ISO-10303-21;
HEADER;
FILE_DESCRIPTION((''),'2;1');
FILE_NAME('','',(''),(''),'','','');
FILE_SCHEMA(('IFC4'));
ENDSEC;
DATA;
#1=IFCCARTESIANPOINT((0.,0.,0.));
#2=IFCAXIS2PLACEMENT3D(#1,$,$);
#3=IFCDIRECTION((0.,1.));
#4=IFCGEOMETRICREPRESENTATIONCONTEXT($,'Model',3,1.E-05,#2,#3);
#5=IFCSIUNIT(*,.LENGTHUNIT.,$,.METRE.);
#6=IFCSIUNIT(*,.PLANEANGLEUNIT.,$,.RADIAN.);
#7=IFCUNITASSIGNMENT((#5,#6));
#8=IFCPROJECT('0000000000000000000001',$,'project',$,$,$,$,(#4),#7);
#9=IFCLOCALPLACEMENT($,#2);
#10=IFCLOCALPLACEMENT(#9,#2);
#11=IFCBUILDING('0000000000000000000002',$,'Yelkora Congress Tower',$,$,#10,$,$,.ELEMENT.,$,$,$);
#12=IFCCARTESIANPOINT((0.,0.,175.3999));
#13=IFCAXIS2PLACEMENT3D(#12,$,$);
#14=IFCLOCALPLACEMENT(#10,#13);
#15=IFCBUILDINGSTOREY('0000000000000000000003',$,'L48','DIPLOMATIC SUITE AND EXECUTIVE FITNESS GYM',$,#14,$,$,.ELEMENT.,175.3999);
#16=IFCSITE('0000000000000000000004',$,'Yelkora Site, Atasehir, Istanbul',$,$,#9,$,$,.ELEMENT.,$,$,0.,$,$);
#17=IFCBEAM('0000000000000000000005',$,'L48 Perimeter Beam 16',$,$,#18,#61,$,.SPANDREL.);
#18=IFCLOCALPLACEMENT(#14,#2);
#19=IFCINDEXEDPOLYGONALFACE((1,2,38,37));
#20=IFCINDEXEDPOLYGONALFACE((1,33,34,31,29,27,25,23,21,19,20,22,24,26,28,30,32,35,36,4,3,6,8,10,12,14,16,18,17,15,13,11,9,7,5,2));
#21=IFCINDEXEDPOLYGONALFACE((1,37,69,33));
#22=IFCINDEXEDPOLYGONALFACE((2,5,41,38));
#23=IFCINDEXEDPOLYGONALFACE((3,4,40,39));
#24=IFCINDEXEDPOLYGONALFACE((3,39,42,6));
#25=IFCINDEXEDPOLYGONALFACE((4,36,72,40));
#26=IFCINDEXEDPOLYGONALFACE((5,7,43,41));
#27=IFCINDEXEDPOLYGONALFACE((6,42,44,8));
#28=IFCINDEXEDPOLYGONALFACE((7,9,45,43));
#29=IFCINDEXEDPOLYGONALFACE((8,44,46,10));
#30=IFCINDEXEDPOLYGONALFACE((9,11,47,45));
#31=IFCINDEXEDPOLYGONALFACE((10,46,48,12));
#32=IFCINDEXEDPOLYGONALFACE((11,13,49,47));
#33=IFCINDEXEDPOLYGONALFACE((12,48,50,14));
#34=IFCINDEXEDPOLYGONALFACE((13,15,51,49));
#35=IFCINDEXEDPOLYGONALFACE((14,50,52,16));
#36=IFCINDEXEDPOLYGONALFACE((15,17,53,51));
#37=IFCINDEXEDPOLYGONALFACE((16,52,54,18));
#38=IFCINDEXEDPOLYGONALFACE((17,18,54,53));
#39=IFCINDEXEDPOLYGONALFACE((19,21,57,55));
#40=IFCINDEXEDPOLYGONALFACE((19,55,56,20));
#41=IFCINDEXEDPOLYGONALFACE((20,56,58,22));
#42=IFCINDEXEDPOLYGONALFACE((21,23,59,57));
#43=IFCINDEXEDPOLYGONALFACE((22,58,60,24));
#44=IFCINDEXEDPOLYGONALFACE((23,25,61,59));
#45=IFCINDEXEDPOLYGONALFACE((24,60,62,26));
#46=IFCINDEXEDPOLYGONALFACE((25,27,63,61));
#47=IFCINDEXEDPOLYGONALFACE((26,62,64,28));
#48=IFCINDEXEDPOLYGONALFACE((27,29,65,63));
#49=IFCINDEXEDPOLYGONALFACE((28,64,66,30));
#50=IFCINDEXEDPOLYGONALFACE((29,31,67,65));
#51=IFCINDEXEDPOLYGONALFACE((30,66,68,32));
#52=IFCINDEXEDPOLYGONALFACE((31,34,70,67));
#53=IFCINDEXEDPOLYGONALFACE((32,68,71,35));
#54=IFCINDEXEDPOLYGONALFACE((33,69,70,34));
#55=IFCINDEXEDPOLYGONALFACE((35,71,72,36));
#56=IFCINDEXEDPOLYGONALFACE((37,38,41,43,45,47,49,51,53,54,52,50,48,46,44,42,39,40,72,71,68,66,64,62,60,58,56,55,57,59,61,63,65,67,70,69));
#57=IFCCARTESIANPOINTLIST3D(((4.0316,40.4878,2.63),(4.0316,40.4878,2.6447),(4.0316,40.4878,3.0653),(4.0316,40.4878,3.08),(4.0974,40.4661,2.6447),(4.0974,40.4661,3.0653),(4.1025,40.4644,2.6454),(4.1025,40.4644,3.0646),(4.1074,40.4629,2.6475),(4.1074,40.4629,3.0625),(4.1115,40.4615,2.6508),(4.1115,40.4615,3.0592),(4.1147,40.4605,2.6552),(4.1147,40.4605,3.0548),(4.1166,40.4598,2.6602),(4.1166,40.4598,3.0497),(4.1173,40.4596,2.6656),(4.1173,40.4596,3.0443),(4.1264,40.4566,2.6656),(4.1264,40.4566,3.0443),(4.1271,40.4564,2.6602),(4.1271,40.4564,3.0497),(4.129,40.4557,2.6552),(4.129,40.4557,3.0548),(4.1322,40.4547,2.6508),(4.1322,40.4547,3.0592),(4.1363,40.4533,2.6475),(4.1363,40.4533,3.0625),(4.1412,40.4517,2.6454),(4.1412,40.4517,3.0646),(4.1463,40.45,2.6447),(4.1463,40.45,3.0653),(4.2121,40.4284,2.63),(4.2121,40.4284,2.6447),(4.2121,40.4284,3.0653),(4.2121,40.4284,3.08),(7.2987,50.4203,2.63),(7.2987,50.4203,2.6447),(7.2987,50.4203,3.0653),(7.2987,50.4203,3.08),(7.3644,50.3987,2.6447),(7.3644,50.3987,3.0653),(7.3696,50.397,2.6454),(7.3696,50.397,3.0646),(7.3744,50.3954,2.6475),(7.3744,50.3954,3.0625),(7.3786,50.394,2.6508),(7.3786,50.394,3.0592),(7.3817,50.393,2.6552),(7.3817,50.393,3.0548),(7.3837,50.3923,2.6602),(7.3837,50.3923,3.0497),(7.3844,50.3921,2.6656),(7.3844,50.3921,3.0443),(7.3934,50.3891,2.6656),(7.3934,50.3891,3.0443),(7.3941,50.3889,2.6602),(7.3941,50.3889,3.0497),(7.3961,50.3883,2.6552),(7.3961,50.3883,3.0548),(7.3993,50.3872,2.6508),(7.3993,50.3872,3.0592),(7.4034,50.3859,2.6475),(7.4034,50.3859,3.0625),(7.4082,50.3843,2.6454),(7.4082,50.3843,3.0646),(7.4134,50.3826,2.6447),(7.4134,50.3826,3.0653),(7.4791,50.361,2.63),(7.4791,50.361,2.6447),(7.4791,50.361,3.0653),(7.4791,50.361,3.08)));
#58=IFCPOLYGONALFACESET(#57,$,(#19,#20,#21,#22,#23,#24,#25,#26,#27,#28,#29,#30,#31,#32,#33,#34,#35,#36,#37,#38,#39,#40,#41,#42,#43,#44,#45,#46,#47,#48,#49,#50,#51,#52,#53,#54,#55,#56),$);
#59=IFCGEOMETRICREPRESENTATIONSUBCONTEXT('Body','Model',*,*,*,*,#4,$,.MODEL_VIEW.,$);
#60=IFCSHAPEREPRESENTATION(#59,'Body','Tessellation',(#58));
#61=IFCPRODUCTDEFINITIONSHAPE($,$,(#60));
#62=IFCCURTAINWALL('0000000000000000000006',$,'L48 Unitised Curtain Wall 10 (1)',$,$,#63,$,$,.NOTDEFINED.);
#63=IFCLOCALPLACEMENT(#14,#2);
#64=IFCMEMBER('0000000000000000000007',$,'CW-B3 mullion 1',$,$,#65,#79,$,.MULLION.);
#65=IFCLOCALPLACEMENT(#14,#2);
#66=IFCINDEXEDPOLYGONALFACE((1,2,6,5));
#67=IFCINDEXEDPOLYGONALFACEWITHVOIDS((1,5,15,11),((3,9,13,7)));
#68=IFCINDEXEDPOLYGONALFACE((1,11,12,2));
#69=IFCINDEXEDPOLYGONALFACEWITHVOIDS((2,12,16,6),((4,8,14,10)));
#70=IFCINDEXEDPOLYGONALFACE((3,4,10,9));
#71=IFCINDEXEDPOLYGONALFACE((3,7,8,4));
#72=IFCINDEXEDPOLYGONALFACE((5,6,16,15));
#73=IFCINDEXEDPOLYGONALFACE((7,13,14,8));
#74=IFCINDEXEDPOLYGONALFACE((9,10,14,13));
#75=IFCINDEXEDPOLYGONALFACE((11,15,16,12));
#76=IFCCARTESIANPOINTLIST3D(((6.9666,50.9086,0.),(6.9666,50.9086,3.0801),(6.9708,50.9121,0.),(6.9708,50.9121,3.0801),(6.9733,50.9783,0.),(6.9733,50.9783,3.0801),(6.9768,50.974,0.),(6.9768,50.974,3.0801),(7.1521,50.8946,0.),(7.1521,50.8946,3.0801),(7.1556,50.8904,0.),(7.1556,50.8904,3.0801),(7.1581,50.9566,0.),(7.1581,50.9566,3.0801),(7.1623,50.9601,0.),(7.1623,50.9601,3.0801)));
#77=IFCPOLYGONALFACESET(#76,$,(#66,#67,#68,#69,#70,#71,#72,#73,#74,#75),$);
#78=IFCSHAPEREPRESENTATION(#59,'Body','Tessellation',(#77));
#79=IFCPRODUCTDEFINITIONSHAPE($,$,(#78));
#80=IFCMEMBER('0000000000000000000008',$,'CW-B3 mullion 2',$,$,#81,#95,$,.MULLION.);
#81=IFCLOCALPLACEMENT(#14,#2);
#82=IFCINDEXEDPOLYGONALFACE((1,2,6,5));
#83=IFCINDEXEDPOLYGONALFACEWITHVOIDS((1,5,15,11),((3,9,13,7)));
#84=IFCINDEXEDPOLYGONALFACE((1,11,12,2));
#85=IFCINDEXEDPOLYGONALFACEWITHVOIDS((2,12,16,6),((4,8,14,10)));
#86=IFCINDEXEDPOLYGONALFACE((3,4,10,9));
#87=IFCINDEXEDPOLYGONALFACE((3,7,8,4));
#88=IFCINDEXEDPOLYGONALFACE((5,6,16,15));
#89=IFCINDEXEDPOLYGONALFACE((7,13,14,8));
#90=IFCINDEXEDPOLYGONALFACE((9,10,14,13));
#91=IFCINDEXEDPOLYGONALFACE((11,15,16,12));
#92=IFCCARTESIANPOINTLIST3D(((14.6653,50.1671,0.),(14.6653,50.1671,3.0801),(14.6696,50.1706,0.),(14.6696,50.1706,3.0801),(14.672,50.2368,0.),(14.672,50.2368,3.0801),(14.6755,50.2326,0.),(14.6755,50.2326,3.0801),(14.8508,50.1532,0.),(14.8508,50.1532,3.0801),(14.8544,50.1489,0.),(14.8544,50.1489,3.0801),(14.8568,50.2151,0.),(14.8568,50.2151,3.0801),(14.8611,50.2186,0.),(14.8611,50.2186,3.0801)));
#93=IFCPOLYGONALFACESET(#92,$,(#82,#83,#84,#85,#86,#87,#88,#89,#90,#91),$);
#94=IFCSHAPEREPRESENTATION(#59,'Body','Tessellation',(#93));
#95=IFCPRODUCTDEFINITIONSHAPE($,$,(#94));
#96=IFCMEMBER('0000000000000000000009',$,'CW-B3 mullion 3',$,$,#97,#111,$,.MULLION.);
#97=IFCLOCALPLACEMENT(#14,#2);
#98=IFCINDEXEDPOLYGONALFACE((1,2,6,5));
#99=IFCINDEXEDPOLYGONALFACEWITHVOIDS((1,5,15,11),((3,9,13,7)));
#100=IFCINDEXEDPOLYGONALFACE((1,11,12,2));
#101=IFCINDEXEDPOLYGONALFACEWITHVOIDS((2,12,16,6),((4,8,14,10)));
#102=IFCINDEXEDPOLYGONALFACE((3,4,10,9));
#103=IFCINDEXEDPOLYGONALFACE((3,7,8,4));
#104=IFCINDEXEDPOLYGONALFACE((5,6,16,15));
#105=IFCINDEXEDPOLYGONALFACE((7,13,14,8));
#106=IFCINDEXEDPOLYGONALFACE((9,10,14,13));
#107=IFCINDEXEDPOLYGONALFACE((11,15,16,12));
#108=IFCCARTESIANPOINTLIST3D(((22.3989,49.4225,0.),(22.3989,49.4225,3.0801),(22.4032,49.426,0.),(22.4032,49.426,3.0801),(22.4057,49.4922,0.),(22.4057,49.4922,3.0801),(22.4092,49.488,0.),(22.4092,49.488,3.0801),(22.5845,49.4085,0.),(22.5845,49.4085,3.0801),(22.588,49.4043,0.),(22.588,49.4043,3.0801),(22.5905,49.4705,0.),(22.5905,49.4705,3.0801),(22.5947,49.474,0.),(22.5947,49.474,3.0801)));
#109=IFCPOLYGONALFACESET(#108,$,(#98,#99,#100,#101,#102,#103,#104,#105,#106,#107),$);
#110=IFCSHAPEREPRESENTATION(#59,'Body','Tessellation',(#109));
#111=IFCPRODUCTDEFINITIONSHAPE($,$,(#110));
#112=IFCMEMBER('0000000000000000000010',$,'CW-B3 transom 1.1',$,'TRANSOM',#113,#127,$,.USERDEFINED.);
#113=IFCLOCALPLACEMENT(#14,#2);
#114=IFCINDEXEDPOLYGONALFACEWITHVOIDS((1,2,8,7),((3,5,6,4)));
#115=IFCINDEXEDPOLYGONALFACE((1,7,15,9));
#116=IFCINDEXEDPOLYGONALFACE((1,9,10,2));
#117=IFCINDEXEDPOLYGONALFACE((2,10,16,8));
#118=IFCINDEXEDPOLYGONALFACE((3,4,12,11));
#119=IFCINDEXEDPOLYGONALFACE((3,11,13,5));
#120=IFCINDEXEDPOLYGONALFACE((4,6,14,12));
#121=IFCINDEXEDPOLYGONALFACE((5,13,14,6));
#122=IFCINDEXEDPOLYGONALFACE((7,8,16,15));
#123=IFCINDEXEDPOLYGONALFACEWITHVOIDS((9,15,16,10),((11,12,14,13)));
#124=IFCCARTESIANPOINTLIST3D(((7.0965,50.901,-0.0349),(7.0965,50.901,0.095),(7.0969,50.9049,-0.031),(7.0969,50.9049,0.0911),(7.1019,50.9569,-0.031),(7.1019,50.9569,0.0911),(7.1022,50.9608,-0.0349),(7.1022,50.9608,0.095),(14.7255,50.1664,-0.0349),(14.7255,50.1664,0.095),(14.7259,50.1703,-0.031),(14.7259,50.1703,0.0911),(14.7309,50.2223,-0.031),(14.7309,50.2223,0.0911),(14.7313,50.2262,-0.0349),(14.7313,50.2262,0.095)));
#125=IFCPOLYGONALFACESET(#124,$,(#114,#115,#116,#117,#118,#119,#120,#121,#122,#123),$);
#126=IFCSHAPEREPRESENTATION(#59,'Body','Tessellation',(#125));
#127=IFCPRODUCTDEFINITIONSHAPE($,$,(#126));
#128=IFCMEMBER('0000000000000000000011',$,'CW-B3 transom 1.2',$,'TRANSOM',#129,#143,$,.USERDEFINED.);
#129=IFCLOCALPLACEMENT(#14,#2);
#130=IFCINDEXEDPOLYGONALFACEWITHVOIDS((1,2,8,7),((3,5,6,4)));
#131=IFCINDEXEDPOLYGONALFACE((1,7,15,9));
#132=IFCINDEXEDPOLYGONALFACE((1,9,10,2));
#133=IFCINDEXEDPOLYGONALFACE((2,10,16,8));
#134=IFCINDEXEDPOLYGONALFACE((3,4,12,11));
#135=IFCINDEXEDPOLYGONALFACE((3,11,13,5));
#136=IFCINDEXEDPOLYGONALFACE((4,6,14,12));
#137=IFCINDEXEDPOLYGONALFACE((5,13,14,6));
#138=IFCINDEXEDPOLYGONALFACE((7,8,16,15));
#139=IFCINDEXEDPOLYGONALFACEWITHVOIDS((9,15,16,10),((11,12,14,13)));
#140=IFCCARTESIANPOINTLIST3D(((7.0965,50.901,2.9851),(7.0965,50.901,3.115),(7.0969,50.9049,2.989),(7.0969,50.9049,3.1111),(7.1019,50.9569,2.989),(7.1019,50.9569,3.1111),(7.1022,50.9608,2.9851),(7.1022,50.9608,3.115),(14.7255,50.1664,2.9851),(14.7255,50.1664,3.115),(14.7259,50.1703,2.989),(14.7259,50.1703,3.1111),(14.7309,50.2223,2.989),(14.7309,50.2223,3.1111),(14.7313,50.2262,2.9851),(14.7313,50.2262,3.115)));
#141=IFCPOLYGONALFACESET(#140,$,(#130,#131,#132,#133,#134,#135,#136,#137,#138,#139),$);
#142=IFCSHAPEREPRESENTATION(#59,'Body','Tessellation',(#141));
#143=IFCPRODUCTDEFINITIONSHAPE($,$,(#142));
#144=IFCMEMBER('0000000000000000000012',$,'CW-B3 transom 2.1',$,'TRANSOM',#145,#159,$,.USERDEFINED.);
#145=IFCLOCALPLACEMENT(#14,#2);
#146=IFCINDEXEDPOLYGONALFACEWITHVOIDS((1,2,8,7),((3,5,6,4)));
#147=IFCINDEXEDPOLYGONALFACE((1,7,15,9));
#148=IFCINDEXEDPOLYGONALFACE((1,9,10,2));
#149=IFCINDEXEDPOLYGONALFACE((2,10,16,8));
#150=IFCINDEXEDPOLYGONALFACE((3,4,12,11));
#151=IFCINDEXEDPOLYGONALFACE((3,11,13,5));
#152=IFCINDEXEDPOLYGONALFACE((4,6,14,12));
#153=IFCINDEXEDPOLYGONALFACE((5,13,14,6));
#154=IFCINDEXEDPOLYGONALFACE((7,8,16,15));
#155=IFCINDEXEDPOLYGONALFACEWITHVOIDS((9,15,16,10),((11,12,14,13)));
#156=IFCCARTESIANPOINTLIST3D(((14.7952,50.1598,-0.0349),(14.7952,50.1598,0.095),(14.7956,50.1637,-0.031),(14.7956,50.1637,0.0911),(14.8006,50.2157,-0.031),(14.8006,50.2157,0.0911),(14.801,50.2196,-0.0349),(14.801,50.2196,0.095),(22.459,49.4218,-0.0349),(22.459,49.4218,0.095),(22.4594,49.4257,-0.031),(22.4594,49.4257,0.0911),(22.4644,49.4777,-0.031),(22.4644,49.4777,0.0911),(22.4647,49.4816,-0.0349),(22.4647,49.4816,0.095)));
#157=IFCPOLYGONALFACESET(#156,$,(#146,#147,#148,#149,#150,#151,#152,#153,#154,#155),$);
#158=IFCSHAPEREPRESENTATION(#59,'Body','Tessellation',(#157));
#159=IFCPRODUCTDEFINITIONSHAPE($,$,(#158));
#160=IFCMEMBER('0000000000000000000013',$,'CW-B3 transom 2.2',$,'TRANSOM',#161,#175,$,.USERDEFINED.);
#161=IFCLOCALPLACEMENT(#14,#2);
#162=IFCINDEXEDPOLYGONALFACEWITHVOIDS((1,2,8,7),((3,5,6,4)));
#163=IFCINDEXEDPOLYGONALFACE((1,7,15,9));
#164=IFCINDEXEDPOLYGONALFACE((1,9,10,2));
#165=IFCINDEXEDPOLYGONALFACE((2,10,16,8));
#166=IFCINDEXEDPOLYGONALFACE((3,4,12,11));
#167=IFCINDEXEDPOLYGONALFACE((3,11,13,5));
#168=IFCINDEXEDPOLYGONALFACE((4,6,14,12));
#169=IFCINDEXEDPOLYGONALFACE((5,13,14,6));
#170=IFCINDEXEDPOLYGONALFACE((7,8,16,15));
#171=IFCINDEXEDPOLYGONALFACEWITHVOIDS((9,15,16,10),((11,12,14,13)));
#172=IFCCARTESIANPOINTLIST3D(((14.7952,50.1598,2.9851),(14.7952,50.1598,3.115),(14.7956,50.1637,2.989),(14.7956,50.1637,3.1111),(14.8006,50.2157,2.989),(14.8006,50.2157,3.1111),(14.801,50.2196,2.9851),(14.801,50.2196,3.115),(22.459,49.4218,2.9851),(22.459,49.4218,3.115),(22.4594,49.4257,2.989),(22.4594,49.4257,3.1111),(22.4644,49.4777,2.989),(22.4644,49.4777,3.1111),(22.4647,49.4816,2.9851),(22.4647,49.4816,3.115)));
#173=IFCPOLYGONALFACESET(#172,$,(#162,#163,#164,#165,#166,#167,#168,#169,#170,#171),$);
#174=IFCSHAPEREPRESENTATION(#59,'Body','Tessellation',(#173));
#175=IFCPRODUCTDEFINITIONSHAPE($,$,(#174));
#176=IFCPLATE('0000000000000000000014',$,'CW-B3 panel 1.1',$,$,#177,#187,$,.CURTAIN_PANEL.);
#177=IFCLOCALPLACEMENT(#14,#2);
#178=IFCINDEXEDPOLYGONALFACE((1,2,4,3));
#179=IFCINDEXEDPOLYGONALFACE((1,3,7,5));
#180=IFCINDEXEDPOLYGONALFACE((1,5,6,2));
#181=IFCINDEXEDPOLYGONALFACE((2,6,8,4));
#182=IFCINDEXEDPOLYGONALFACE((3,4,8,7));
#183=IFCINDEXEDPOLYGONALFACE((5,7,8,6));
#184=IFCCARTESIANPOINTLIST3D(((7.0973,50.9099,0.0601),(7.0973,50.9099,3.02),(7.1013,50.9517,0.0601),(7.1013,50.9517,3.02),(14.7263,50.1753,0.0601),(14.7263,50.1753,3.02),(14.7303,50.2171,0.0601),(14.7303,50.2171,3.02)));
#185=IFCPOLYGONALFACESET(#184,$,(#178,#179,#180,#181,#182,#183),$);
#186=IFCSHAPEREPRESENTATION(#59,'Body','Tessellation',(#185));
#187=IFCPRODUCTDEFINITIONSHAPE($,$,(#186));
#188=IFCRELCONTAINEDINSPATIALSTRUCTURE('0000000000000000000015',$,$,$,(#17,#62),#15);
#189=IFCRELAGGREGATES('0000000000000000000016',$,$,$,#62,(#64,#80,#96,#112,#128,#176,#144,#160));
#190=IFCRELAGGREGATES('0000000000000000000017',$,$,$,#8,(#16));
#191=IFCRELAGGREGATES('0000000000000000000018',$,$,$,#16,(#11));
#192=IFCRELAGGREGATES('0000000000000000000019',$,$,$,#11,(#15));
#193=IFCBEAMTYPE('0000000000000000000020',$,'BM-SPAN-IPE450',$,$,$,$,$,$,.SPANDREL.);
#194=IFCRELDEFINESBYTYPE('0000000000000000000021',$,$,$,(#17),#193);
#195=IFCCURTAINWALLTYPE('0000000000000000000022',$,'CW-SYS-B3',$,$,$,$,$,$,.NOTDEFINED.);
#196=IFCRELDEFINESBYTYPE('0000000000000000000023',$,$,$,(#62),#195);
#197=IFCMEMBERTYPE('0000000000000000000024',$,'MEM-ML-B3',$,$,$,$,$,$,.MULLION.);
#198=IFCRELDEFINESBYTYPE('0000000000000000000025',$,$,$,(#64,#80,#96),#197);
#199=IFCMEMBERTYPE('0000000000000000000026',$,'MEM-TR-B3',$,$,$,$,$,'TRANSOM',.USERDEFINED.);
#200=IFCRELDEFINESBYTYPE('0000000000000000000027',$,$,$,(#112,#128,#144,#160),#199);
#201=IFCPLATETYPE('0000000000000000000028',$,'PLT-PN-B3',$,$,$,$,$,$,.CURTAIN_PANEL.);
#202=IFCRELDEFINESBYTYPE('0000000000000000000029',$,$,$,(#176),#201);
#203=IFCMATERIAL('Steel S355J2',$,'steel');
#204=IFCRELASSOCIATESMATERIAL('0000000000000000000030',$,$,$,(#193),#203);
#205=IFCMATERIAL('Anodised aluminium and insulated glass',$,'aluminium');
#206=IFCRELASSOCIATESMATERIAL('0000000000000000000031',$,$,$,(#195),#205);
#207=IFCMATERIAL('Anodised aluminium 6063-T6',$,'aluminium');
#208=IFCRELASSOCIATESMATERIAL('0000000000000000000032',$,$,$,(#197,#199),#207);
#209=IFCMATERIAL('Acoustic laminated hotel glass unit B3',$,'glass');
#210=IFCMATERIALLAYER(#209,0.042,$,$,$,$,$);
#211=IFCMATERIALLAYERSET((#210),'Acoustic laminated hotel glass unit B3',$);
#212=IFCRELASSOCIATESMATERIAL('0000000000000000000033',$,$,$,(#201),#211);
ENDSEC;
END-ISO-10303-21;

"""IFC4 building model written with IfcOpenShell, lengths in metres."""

from ifc_helpers import new_model, si_unit, direction, frame, origin, origin_2d, place, context, subcontext, project, spatial, rectangle, hollow_rectangle, i_section, extrude, material, layer, layer_set, material_profile, profile_set, type_object, element, aggregate, save


model = new_model("IFC4")

# Units and contexts
model_context = context("Model", 3, precision=1e-05, world=origin(), true_north=direction((0.0, 1.0)))
body_context = subcontext(model_context, "Body", "Model", "MODEL_VIEW")
ifc_project = project(units=[si_unit("LENGTHUNIT", "METRE"), si_unit("PLANEANGLEUNIT", "RADIAN")], contexts=[model_context])

# Site, building, storey
site_placement = place(None, origin())
site = spatial("IfcSite", under=ifc_project, at=site_placement, Name="Yelkora Site, Atasehir, Istanbul", CompositionType="ELEMENT", RefElevation=0.0)
building_placement = place(site_placement, origin())
building = spatial("IfcBuilding", under=site, at=building_placement, Name="Yelkora Congress Tower", CompositionType="ELEMENT")
storey_placement = place(building_placement, frame((0.0, 0.0, 175.3999)))
storey = spatial("IfcBuildingStorey", under=building, at=storey_placement, Name="L48", Description="DIPLOMATIC SUITE AND EXECUTIVE FITNESS GYM", CompositionType="ELEMENT", Elevation=175.3999)

# Beam
ifc_material_1 = material(Name="Steel S355J2", Category="steel")
ifc_material_profile_1 = material_profile(ifc_material_1, i_section(OverallWidth=0.1899, OverallDepth=0.45, WebThickness=0.0095, FlangeThickness=0.0146, FilletRadius=0.021, at=origin_2d()), Name="IPE 450")
ifc_profile_set_1 = profile_set([ifc_material_profile_1], Name="Steel S355J2")
beam_type_1 = type_object("IfcBeamType", Name="BM-SPAN-IPE450", PredefinedType="SPANDREL", material=ifc_profile_set_1)
beam_1_placement = place(storey_placement, frame((7.3889, 50.3906, 2.855), z_axis=(-0.312457, -0.949932, 0.0), x_axis=(0.949932, -0.312457, 0.0)))
element("IfcBeam", 1, at=beam_1_placement, inside=storey, type_object=beam_type_1, Name="L48 Perimeter Beam 16", PredefinedType="SPANDREL", context=body_context, shape_type="SweptSolid", body=[
    extrude(i_section(OverallWidth=0.1899, OverallDepth=0.45, WebThickness=0.0095, FlangeThickness=0.0146, FilletRadius=0.021, at=origin_2d()), origin(), (0.0, 0.0, 1.0), 10.4561),
])

# Curtain wall, members, plate
ifc_material_2 = material(Name="Anodised aluminium and insulated glass", Category="aluminium")
curtain_wall_type = type_object("IfcCurtainWallType", Name="CW-SYS-B3", PredefinedType="NOTDEFINED", material=ifc_material_2)
curtain_wall_placement = place(storey_placement, origin())
curtain_wall = element("IfcCurtainWall", 2, at=curtain_wall_placement, inside=storey, type_object=curtain_wall_type, Name="L48 Unitised Curtain Wall 10 (1)", PredefinedType="NOTDEFINED")
ifc_material_3 = material(Name="Anodised aluminium 6063-T6", Category="aluminium")
ifc_material_profile_2 = material_profile(ifc_material_3, hollow_rectangle(XDim=0.0701, YDim=0.1899, WallThickness=0.0039, at=origin_2d()), Name="ALU 70x190x4")
ifc_profile_set_2 = profile_set([ifc_material_profile_2], Name="Anodised aluminium 6063-T6")
member_type_1 = type_object("IfcMemberType", Name="MEM-ML-B3", PredefinedType="MULLION", material=ifc_profile_set_2)
member_1_placement = place(storey_placement, frame((7.0645, 50.9343, 0.0), z_axis=(0.0, 0.0, 1.0), x_axis=(0.095845, 0.995396, 0.0)))
member_1 = element("IfcMember", 3, at=member_1_placement, type_object=member_type_1, Name="CW-B3 mullion 1", PredefinedType="MULLION", context=body_context, shape_type="SweptSolid", body=[
    extrude(hollow_rectangle(XDim=0.0701, YDim=0.1899, WallThickness=0.0039, at=origin_2d()), origin(), (0.0, 0.0, 1.0), 3.0801),
])
member_2_placement = place(storey_placement, frame((14.7632, 50.1929, 0.0), z_axis=(0.0, 0.0, 1.0), x_axis=(0.095845, 0.995396, 0.0)))
member_2 = element("IfcMember", 4, at=member_2_placement, type_object=member_type_1, Name="CW-B3 mullion 2", PredefinedType="MULLION", context=body_context, shape_type="SweptSolid", body=[
    extrude(hollow_rectangle(XDim=0.0701, YDim=0.1899, WallThickness=0.0039, at=origin_2d()), origin(), (0.0, 0.0, 1.0), 3.0801),
])
member_3_placement = place(storey_placement, frame((22.4968, 49.4482, 0.0), z_axis=(0.0, 0.0, 1.0), x_axis=(0.095845, 0.995396, 0.0)))
member_3 = element("IfcMember", 5, at=member_3_placement, type_object=member_type_1, Name="CW-B3 mullion 3", PredefinedType="MULLION", context=body_context, shape_type="SweptSolid", body=[
    extrude(hollow_rectangle(XDim=0.0701, YDim=0.1899, WallThickness=0.0039, at=origin_2d()), origin(), (0.0, 0.0, 1.0), 3.0801),
])
ifc_material_profile_3 = material_profile(ifc_material_3, hollow_rectangle(XDim=0.0601, YDim=0.1299, WallThickness=0.0039, at=origin_2d()), Name="ALU 60x130x4")
ifc_profile_set_3 = profile_set([ifc_material_profile_3], Name="Anodised aluminium 6063-T6")
member_type_2 = type_object("IfcMemberType", Name="MEM-TR-B3", ElementType="TRANSOM", PredefinedType="USERDEFINED", material=ifc_profile_set_3)
member_4_placement = place(storey_placement, frame((7.0994, 50.9309, 0.03), z_axis=(0.995396, -0.095851, 0.0), x_axis=(0.095851, 0.995396, 0.0)))
member_4 = element("IfcMember", 6, at=member_4_placement, type_object=member_type_2, Name="CW-B3 transom 1.1", ObjectType="TRANSOM", PredefinedType="USERDEFINED", context=body_context, shape_type="SweptSolid", body=[
    extrude(hollow_rectangle(XDim=0.0601, YDim=0.1299, WallThickness=0.0039, at=origin_2d()), origin(), (0.0, 0.0, 1.0), 7.6643),
])
member_5_placement = place(storey_placement, frame((7.0994, 50.9309, 3.05), z_axis=(0.995396, -0.095851, 0.0), x_axis=(0.095851, 0.995396, 0.0)))
member_5 = element("IfcMember", 7, at=member_5_placement, type_object=member_type_2, Name="CW-B3 transom 1.2", ObjectType="TRANSOM", PredefinedType="USERDEFINED", context=body_context, shape_type="SweptSolid", body=[
    extrude(hollow_rectangle(XDim=0.0601, YDim=0.1299, WallThickness=0.0039, at=origin_2d()), origin(), (0.0, 0.0, 1.0), 7.6643),
])
member_6_placement = place(storey_placement, frame((14.7981, 50.1897, 0.03), z_axis=(0.995395, -0.095858, 0.0), x_axis=(0.095858, 0.995395, 0.0)))
member_6 = element("IfcMember", 8, at=member_6_placement, type_object=member_type_2, Name="CW-B3 transom 2.1", ObjectType="TRANSOM", PredefinedType="USERDEFINED", context=body_context, shape_type="SweptSolid", body=[
    extrude(hollow_rectangle(XDim=0.0601, YDim=0.1299, WallThickness=0.0039, at=origin_2d()), origin(), (0.0, 0.0, 1.0), 7.6992),
])
member_7_placement = place(storey_placement, frame((14.7981, 50.1897, 3.05), z_axis=(0.995395, -0.095858, 0.0), x_axis=(0.095858, 0.995395, 0.0)))
member_7 = element("IfcMember", 9, at=member_7_placement, type_object=member_type_2, Name="CW-B3 transom 2.2", ObjectType="TRANSOM", PredefinedType="USERDEFINED", context=body_context, shape_type="SweptSolid", body=[
    extrude(hollow_rectangle(XDim=0.0601, YDim=0.1299, WallThickness=0.0039, at=origin_2d()), origin(), (0.0, 0.0, 1.0), 7.6992),
])
ifc_material_4 = material(Name="Acoustic laminated hotel glass unit B3", Category="glass")
ifc_layer_1 = layer(ifc_material_4, 0.042)
ifc_layer_set_1 = layer_set([ifc_layer_1], Name="Acoustic laminated hotel glass unit B3")
plate_type = type_object("IfcPlateType", Name="PLT-PN-B3", PredefinedType="CURTAIN_PANEL", material=ifc_layer_set_1)
plate_1_placement = place(storey_placement, frame((10.9138, 50.5635, 0.0601), z_axis=(0.0, 0.0, 1.0), x_axis=(0.995396, -0.095845, 0.0)))
plate_1 = element("IfcPlate", 10, at=plate_1_placement, type_object=plate_type, Name="CW-B3 panel 1.1", PredefinedType="CURTAIN_PANEL", context=body_context, shape_type="SweptSolid", body=[
    extrude(rectangle(XDim=7.6643, YDim=0.042, at=origin_2d()), origin(), (0.0, 0.0, 1.0), 2.96),
])
aggregate(curtain_wall, [member_1, member_2, member_3, member_4, member_5, plate_1, member_6, member_7])

save(model, "model.ifc")
